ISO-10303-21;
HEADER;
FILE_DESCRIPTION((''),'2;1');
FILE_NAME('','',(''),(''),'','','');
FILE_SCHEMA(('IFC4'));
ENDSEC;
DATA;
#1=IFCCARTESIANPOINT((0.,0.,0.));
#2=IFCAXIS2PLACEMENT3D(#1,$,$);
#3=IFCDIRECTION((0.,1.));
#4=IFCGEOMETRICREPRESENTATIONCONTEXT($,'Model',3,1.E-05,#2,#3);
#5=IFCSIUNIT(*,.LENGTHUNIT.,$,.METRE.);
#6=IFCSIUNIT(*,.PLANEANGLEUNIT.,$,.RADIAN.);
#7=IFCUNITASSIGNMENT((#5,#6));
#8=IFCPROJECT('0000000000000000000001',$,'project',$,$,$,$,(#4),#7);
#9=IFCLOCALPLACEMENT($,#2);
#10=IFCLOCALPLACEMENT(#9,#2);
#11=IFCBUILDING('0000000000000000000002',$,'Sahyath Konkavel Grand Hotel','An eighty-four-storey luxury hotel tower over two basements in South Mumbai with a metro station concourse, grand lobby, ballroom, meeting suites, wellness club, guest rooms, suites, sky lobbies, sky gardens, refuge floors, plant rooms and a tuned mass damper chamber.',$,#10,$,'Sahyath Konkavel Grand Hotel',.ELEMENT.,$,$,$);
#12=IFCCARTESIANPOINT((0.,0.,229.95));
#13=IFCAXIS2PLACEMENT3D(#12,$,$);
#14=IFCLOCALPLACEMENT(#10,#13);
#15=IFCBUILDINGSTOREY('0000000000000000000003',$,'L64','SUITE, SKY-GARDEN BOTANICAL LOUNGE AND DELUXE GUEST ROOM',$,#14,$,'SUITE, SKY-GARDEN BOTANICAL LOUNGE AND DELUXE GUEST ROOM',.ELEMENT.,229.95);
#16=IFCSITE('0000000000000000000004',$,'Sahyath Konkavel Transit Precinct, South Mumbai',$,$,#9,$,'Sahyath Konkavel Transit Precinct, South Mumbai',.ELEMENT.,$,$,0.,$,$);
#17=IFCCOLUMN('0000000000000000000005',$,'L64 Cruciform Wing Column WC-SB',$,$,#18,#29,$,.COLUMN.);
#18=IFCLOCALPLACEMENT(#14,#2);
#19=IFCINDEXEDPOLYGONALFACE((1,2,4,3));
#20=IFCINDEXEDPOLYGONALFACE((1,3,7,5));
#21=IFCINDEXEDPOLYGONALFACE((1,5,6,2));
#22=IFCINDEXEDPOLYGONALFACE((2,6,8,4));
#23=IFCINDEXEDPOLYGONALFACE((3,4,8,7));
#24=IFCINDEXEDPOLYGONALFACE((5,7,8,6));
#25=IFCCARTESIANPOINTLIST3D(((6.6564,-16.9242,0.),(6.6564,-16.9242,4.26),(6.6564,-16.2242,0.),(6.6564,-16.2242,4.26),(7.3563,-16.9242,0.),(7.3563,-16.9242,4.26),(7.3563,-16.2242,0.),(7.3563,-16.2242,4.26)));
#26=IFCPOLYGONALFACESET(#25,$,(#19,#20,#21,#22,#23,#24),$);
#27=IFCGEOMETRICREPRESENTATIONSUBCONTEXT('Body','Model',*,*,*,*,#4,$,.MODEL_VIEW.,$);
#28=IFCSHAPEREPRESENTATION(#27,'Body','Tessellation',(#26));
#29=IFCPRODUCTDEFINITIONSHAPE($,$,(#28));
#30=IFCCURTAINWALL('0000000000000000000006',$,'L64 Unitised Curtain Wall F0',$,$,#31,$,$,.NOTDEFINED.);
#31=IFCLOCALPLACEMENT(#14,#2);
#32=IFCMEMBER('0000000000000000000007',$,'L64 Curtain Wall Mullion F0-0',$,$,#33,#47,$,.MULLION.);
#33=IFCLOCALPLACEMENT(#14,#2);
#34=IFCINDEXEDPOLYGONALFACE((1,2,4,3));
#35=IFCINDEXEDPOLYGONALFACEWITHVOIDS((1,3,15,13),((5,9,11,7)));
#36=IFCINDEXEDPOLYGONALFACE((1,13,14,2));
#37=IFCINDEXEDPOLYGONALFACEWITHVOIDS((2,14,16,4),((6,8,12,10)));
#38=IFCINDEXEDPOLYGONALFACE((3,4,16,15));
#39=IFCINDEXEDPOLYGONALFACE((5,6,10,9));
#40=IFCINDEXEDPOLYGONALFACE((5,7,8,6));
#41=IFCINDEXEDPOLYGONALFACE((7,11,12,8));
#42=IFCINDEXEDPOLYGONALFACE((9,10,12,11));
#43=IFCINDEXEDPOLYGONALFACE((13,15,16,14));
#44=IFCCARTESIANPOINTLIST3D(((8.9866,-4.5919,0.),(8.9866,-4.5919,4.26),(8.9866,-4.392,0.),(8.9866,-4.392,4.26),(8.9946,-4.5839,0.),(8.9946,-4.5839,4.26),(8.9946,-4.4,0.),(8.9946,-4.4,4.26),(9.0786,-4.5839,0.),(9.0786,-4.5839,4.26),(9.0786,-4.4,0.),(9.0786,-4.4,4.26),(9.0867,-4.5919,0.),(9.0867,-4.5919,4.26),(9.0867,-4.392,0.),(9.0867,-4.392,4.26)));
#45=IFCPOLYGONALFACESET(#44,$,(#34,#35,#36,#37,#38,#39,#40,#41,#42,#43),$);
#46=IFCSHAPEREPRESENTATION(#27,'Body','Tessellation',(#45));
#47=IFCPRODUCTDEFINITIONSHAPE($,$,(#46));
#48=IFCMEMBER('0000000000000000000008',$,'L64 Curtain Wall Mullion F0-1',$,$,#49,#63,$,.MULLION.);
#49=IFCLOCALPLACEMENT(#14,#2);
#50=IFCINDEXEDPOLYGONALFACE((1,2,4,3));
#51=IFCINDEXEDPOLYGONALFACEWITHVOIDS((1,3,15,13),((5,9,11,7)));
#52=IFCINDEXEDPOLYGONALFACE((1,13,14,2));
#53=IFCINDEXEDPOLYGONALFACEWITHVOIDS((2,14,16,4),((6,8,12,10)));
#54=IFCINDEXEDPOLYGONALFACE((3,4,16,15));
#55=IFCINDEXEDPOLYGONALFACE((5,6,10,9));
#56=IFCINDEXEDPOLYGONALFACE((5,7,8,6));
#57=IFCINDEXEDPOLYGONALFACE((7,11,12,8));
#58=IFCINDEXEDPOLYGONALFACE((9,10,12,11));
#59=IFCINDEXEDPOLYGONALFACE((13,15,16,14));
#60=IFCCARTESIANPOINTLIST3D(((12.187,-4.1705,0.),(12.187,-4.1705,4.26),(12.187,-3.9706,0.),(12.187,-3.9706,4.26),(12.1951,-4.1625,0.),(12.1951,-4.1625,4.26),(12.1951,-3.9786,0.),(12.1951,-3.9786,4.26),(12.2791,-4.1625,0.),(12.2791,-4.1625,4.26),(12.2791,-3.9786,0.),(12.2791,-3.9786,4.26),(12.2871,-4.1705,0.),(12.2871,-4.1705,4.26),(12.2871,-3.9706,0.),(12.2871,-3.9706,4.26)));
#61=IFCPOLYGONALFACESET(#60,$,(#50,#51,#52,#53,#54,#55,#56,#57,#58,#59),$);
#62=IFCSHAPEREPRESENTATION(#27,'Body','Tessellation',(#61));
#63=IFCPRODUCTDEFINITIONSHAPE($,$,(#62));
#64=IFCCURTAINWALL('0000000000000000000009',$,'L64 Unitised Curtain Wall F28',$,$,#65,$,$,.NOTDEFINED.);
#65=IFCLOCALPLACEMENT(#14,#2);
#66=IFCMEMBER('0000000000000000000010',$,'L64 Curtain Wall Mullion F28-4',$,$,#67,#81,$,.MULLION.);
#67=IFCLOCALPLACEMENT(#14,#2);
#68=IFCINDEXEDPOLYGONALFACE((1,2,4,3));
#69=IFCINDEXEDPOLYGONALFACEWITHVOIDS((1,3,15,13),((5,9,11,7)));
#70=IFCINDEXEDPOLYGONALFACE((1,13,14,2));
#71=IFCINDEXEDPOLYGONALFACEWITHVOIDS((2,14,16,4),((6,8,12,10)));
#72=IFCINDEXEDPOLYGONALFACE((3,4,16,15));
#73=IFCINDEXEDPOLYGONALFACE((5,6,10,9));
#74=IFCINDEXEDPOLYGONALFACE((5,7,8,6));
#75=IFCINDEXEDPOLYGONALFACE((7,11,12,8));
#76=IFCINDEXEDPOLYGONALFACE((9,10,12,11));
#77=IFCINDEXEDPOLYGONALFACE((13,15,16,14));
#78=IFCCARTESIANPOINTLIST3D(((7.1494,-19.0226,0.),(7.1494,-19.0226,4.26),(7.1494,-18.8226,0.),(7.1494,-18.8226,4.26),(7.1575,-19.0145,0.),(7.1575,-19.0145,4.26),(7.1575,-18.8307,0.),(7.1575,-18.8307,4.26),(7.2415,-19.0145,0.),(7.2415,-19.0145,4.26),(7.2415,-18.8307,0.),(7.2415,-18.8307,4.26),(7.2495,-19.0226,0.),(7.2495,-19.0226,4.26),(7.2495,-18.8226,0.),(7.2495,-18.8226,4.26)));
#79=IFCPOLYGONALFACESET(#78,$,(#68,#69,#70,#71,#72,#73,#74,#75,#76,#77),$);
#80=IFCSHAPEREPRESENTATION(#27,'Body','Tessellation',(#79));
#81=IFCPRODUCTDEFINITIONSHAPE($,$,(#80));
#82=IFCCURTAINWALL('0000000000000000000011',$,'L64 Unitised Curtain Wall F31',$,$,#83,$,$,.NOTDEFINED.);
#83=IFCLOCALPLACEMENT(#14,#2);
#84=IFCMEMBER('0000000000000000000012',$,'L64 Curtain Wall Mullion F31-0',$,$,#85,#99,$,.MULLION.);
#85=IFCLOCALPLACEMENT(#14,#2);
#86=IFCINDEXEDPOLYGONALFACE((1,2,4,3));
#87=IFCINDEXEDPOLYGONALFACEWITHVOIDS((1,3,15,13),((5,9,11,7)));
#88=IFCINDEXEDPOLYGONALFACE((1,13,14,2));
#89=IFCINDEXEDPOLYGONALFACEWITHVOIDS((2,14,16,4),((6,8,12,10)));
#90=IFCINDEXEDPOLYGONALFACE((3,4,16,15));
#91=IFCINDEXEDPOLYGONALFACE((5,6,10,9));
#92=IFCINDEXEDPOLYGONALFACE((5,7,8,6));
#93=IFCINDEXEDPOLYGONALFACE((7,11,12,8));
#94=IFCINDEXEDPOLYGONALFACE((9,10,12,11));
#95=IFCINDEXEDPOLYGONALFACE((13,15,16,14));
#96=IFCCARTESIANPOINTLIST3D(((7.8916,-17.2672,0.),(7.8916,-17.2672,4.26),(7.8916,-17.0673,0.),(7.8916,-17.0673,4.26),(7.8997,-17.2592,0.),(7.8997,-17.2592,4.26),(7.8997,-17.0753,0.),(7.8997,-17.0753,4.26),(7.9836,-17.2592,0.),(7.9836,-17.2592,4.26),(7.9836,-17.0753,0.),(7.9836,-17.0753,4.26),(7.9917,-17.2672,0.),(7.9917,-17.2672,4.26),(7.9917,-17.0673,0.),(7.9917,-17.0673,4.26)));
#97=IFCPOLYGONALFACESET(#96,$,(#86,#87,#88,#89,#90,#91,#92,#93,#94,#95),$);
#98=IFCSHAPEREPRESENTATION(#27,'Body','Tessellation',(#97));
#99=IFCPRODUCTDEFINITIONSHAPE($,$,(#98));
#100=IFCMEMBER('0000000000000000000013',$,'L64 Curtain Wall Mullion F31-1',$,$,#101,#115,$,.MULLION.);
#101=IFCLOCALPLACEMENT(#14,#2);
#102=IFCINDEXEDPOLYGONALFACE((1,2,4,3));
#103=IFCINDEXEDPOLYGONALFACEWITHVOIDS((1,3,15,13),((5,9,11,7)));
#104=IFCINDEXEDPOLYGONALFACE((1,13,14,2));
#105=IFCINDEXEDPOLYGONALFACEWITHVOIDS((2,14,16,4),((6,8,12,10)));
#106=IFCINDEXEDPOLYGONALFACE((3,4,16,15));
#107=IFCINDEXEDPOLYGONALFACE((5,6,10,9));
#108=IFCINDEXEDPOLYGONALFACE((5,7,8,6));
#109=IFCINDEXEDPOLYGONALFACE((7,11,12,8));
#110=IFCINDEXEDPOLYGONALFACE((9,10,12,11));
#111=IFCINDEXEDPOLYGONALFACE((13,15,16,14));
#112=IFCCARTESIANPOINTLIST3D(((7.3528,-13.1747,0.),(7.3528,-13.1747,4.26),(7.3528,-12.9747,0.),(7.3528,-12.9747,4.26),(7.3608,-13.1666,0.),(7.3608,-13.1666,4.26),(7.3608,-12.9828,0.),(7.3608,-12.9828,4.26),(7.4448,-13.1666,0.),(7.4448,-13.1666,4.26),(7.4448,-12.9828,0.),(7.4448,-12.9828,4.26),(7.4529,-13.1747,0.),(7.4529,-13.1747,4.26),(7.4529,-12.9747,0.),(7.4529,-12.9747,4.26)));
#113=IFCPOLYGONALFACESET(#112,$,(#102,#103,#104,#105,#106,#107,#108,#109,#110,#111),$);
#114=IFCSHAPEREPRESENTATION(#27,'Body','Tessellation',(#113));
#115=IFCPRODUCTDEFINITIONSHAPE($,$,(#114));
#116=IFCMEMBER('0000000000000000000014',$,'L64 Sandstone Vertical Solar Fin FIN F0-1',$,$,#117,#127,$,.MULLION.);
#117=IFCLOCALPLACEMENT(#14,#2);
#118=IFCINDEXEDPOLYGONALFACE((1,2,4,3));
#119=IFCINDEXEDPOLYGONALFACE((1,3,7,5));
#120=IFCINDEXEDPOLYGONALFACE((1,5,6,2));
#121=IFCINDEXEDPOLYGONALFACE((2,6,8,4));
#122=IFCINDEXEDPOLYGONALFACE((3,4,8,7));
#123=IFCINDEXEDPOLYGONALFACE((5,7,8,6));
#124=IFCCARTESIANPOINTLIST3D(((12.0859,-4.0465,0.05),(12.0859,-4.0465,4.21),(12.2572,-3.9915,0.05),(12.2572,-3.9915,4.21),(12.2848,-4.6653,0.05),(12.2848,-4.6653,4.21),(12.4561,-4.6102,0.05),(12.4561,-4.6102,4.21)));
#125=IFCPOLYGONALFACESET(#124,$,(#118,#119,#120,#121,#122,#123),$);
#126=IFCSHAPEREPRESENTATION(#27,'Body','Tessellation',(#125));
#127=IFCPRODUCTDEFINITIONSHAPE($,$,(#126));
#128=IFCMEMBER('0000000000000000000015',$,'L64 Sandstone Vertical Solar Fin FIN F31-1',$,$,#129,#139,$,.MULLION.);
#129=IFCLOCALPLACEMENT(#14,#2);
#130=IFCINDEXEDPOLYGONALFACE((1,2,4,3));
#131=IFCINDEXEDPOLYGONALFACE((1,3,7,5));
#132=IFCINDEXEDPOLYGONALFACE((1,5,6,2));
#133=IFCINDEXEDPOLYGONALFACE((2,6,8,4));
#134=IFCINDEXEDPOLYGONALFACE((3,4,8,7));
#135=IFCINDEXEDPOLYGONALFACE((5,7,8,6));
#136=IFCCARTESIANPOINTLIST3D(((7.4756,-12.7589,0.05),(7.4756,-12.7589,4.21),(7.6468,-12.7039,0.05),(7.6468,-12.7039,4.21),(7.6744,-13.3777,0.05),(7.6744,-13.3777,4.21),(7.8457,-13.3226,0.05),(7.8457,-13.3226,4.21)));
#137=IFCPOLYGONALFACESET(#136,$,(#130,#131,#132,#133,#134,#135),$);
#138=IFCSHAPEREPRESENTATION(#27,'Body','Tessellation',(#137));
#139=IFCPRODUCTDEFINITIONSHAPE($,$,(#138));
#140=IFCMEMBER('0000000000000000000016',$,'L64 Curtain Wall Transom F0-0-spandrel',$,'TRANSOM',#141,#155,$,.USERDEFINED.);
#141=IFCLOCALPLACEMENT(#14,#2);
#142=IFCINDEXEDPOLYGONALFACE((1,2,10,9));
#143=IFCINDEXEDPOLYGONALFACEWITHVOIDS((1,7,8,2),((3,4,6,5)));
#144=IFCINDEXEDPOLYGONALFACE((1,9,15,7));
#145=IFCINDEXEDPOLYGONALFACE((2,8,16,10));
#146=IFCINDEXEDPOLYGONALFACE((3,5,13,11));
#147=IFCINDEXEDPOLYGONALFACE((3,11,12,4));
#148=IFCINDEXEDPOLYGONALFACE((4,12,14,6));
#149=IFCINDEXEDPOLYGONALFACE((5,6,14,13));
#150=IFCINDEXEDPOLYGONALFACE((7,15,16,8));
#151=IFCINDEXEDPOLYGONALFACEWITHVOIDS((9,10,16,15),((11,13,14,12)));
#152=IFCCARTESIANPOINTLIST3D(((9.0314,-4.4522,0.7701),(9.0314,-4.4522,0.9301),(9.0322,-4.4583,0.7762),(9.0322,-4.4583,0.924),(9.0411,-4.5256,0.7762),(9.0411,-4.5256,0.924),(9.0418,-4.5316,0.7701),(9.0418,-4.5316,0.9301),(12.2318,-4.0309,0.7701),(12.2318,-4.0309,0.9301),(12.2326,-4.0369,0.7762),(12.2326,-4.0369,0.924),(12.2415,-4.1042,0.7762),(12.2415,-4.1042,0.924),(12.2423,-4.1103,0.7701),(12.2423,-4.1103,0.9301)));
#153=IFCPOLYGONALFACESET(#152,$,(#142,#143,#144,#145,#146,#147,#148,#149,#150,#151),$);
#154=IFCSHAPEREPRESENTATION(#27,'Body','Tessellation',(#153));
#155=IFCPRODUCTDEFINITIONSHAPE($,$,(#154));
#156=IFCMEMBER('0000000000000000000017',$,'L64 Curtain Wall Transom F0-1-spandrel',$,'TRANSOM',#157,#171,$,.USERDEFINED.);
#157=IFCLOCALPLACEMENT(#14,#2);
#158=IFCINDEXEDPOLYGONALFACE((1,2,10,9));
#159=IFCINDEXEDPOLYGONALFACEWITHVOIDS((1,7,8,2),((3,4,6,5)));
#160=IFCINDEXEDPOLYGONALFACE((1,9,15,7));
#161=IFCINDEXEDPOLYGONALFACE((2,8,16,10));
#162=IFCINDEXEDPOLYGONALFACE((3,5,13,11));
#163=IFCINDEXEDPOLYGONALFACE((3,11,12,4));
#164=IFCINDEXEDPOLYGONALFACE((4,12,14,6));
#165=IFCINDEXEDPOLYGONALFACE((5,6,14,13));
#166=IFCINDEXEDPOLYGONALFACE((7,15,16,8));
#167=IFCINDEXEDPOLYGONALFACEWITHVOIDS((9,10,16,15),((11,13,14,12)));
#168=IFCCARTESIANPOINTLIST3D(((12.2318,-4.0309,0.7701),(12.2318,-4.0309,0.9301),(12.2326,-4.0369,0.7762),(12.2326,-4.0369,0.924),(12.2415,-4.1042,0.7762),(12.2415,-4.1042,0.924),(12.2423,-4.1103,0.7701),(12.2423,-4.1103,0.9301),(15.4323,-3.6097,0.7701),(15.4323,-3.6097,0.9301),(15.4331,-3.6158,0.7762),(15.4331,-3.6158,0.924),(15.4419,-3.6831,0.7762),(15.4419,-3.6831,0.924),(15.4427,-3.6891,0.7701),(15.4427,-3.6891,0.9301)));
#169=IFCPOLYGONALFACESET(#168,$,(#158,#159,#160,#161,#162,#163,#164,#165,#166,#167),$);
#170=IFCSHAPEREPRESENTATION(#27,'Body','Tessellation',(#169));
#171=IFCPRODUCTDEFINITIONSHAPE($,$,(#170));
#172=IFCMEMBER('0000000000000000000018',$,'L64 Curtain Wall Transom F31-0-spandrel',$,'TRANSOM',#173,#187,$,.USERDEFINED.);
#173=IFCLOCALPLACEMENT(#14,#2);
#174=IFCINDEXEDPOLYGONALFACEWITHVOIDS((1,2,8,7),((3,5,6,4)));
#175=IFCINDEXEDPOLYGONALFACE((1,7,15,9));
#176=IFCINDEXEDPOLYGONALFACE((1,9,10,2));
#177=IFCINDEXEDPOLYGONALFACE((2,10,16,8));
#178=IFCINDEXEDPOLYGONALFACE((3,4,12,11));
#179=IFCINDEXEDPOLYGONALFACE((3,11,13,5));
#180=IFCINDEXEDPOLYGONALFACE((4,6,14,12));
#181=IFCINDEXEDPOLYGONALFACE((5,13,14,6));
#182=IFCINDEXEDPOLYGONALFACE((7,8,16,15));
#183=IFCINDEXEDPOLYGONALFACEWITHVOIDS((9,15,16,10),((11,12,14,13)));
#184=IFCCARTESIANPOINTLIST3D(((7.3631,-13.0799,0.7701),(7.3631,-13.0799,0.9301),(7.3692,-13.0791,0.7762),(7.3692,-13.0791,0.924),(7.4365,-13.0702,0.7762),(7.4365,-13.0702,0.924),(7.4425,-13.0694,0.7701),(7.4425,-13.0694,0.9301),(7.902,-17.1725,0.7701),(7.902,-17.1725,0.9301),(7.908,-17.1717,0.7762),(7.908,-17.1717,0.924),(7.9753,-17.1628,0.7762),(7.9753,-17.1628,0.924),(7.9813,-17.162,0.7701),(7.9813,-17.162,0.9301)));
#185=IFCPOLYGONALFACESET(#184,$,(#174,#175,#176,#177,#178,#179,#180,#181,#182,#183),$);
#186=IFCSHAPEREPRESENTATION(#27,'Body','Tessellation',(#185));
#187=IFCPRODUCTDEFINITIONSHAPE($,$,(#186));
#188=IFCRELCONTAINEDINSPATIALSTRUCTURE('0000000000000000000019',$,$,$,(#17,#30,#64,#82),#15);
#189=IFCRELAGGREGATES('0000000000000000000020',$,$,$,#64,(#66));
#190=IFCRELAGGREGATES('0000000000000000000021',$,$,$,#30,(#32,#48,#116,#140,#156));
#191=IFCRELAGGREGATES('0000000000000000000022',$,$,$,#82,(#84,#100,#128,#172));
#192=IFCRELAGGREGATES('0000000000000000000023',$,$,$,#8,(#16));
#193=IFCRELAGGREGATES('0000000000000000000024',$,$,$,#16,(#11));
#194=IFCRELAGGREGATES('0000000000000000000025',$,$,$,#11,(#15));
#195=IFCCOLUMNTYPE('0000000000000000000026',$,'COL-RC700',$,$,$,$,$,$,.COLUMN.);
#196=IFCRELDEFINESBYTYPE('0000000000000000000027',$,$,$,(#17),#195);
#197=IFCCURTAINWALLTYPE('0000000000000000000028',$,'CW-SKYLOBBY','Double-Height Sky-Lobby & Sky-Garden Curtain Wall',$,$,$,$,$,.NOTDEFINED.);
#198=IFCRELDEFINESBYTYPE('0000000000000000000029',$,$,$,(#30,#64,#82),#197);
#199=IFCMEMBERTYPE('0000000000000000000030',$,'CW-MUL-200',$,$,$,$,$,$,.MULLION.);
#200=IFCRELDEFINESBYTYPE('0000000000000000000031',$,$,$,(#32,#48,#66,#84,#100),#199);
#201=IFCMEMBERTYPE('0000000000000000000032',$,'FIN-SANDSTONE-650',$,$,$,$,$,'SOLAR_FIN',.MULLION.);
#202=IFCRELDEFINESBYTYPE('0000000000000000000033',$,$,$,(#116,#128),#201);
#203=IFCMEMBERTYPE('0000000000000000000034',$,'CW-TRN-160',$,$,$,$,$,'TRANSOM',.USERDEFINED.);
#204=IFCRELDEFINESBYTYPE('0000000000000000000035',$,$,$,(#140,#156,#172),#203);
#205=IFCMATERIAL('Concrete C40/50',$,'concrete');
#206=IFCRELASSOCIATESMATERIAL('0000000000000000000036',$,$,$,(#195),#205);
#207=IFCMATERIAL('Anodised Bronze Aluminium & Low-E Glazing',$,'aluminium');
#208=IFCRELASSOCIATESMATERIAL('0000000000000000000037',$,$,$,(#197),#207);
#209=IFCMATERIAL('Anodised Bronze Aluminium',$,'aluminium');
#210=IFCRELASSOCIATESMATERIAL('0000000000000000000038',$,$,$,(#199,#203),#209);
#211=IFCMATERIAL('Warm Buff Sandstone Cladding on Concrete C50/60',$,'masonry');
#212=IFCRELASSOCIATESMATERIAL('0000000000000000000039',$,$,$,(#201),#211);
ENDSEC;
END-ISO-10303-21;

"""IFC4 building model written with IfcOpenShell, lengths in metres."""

from ifc_helpers import new_model, si_unit, direction, frame, origin, origin_2d, place, context, subcontext, project, spatial, rectangle, hollow_rectangle, extrude, source, transform, mapped, material, material_profile, profile_set, type_object, element, aggregate, save


model = new_model("IFC4")

# Units and contexts
model_context = context("Model", 3, precision=1e-05, world=origin(), true_north=direction((0.0, 1.0)))
body_context = subcontext(model_context, "Body", "Model", "MODEL_VIEW")
ifc_project = project(units=[si_unit("LENGTHUNIT", "METRE"), si_unit("PLANEANGLEUNIT", "RADIAN")], contexts=[model_context])

# Site, building, storey
site_placement = place(None, origin())
site = spatial("IfcSite", under=ifc_project, at=site_placement, Name="Sahyath Konkavel Transit Precinct, South Mumbai", LongName="Sahyath Konkavel Transit Precinct, South Mumbai", CompositionType="ELEMENT", RefElevation=0.0)
building_placement = place(site_placement, origin())
building = spatial("IfcBuilding", under=site, at=building_placement, Name="Sahyath Konkavel Grand Hotel", Description="An eighty-four-storey luxury hotel tower over two basements in South Mumbai with a metro station concourse, grand lobby, ballroom, meeting suites, wellness club, guest rooms, suites, sky lobbies, sky gardens, refuge floors, plant rooms and a tuned mass damper chamber.", LongName="Sahyath Konkavel Grand Hotel", CompositionType="ELEMENT")
storey_placement = place(building_placement, frame((0.0, 0.0, 229.95)))
storey = spatial("IfcBuildingStorey", under=building, at=storey_placement, Name="L64", Description="SUITE, SKY-GARDEN BOTANICAL LOUNGE AND DELUXE GUEST ROOM", LongName="SUITE, SKY-GARDEN BOTANICAL LOUNGE AND DELUXE GUEST ROOM", CompositionType="ELEMENT", Elevation=229.95)

# Column
ifc_material_1 = material(Name="Concrete C40/50", Category="concrete")
ifc_material_profile_1 = material_profile(ifc_material_1, rectangle(XDim=0.7, YDim=0.7, at=origin_2d()), Name="RC 700x700")
ifc_profile_set_1 = profile_set([ifc_material_profile_1], Name="Concrete C40/50")
column_type = type_object("IfcColumnType", Name="COL-RC700", PredefinedType="COLUMN", material=ifc_profile_set_1)
shared_shape_1 = source(origin(), body_context, "Body", "SweptSolid", [
    extrude(rectangle(XDim=0.7, YDim=0.7, at=origin_2d()), origin(), (0.0, 0.0, 1.0), 4.26),
])
column_placement = place(storey_placement, frame((7.0063, -16.5742, 0.0), z_axis=(0.0, 0.0, 1.0), x_axis=(1.0, 0.0, 0.0)))
element("IfcColumn", 1, at=column_placement, inside=storey, type_object=column_type, Name="L64 Cruciform Wing Column WC-SB", PredefinedType="COLUMN", context=body_context, shape_type="MappedRepresentation", body=[
    mapped(shared_shape_1, transform((0.0, 0.0, 0.0), scale=1.0)),
])

# Curtain wall, members
ifc_material_2 = material(Name="Anodised Bronze Aluminium & Low-E Glazing", Category="aluminium")
curtain_wall_type = type_object("IfcCurtainWallType", Name="CW-SKYLOBBY", Description="Double-Height Sky-Lobby & Sky-Garden Curtain Wall", PredefinedType="NOTDEFINED", material=ifc_material_2)
curtain_wall_1_placement = place(storey_placement, origin())
curtain_wall_1 = element("IfcCurtainWall", 2, at=curtain_wall_1_placement, inside=storey, type_object=curtain_wall_type, Name="L64 Unitised Curtain Wall F0", PredefinedType="NOTDEFINED")
ifc_material_3 = material(Name="Anodised Bronze Aluminium", Category="aluminium")
ifc_material_profile_2 = material_profile(ifc_material_3, hollow_rectangle(XDim=0.1001, YDim=0.2, WallThickness=0.0081, at=origin_2d()), Name="RHS 200x100x8")
ifc_profile_set_2 = profile_set([ifc_material_profile_2], Name="Anodised Bronze Aluminium")
member_type_1 = type_object("IfcMemberType", Name="CW-MUL-200", PredefinedType="MULLION", material=ifc_profile_set_2)
shared_shape_2 = source(origin(), body_context, "Body", "SweptSolid", [
    extrude(hollow_rectangle(XDim=0.1001, YDim=0.2, WallThickness=0.0081, at=origin_2d()), origin(), (0.0, 0.0, 1.0), 4.26),
])
member_1_placement = place(storey_placement, frame((9.0366, -4.4919, 0.0), z_axis=(0.0, 0.0, 1.0), x_axis=(1.0, 0.0, 0.0)))
member_1 = element("IfcMember", 3, at=member_1_placement, type_object=member_type_1, Name="L64 Curtain Wall Mullion F0-0", PredefinedType="MULLION", context=body_context, shape_type="MappedRepresentation", body=[
    mapped(shared_shape_2, transform((0.0, 0.0, 0.0), scale=1.0)),
])
member_2_placement = place(storey_placement, frame((12.2371, -4.0706, 0.0), z_axis=(0.0, 0.0, 1.0), x_axis=(1.0, 0.0, 0.0)))
member_2 = element("IfcMember", 4, at=member_2_placement, type_object=member_type_1, Name="L64 Curtain Wall Mullion F0-1", PredefinedType="MULLION", context=body_context, shape_type="MappedRepresentation", body=[
    mapped(shared_shape_2, transform((0.0, 0.0, 0.0), scale=1.0)),
])

# Curtain wall, member
curtain_wall_2_placement = place(storey_placement, origin())
curtain_wall_2 = element("IfcCurtainWall", 5, at=curtain_wall_2_placement, inside=storey, type_object=curtain_wall_type, Name="L64 Unitised Curtain Wall F28", PredefinedType="NOTDEFINED")
member_3_placement = place(storey_placement, frame((7.1995, -18.9226, 0.0), z_axis=(0.0, 0.0, 1.0), x_axis=(1.0, 0.0, 0.0)))
member_3 = element("IfcMember", 6, at=member_3_placement, type_object=member_type_1, Name="L64 Curtain Wall Mullion F28-4", PredefinedType="MULLION", context=body_context, shape_type="MappedRepresentation", body=[
    mapped(shared_shape_2, transform((0.0, 0.0, 0.0), scale=1.0)),
])
aggregate(curtain_wall_2, [member_3])

# Curtain wall, members
curtain_wall_3_placement = place(storey_placement, origin())
curtain_wall_3 = element("IfcCurtainWall", 7, at=curtain_wall_3_placement, inside=storey, type_object=curtain_wall_type, Name="L64 Unitised Curtain Wall F31", PredefinedType="NOTDEFINED")
member_4_placement = place(storey_placement, frame((7.9417, -17.1672, 0.0), z_axis=(0.0, 0.0, 1.0), x_axis=(1.0, 0.0, 0.0)))
member_4 = element("IfcMember", 8, at=member_4_placement, type_object=member_type_1, Name="L64 Curtain Wall Mullion F31-0", PredefinedType="MULLION", context=body_context, shape_type="MappedRepresentation", body=[
    mapped(shared_shape_2, transform((0.0, 0.0, 0.0), scale=1.0)),
])
member_5_placement = place(storey_placement, frame((7.4028, -13.0747, 0.0), z_axis=(0.0, 0.0, 1.0), x_axis=(1.0, 0.0, 0.0)))
member_5 = element("IfcMember", 9, at=member_5_placement, type_object=member_type_1, Name="L64 Curtain Wall Mullion F31-1", PredefinedType="MULLION", context=body_context, shape_type="MappedRepresentation", body=[
    mapped(shared_shape_2, transform((0.0, 0.0, 0.0), scale=1.0)),
])

# Members
ifc_material_4 = material(Name="Warm Buff Sandstone Cladding on Concrete C50/60", Category="masonry")
ifc_material_profile_3 = material_profile(ifc_material_4, rectangle(XDim=0.1799, YDim=0.6499, at=origin_2d()), Name="FIN 180x650")
ifc_profile_set_3 = profile_set([ifc_material_profile_3], Name="Warm Buff Sandstone Cladding on Concrete C50/60")
member_type_2 = type_object("IfcMemberType", Name="FIN-SANDSTONE-650", ElementType="SOLAR_FIN", PredefinedType="MULLION", material=ifc_profile_set_3)
shared_shape_3 = source(origin(), body_context, "Body", "SweptSolid", [
    extrude(rectangle(XDim=0.1799, YDim=0.6499, at=origin_2d()), origin(), (0.0, 0.0, 1.0), 4.1599),
])
member_6_placement = place(storey_placement, frame((12.271, -4.3284, 0.05), z_axis=(0.0, 0.0, 1.0), x_axis=(0.952023, 0.306028, 0.0)))
member_6 = element("IfcMember", 10, at=member_6_placement, type_object=member_type_2, Name="L64 Sandstone Vertical Solar Fin FIN F0-1", PredefinedType="MULLION", context=body_context, shape_type="MappedRepresentation", body=[
    mapped(shared_shape_3, transform((0.0, 0.0, 0.0), scale=1.0)),
])
member_7_placement = place(storey_placement, frame((7.6606, -13.0408, 0.05), z_axis=(0.0, 0.0, 1.0), x_axis=(0.952023, 0.306028, 0.0)))
member_7 = element("IfcMember", 11, at=member_7_placement, type_object=member_type_2, Name="L64 Sandstone Vertical Solar Fin FIN F31-1", PredefinedType="MULLION", context=body_context, shape_type="MappedRepresentation", body=[
    mapped(shared_shape_3, transform((0.0, 0.0, 0.0), scale=1.0)),
])
ifc_material_profile_4 = material_profile(ifc_material_3, hollow_rectangle(XDim=0.0801, YDim=0.1599, WallThickness=0.0061, at=origin_2d()), Name="RHS 160x80x6")
ifc_profile_set_4 = profile_set([ifc_material_profile_4], Name="Anodised Bronze Aluminium")
member_type_3 = type_object("IfcMemberType", Name="CW-TRN-160", ElementType="TRANSOM", PredefinedType="USERDEFINED", material=ifc_profile_set_4)
shared_shape_4 = source(origin(), body_context, "Body", "SweptSolid", [
    extrude(hollow_rectangle(XDim=0.0801, YDim=0.1599, WallThickness=0.0061, at=origin_2d()), origin(), (0.0, 0.0, 1.0), 3.228),
])
member_8_placement = place(storey_placement, frame((9.0366, -4.4919, 0.8501), z_axis=(0.991443, 0.130539, 0.0), x_axis=(-0.130539, 0.991443, 0.0)))
member_8 = element("IfcMember", 12, at=member_8_placement, type_object=member_type_3, Name="L64 Curtain Wall Transom F0-0-spandrel", ObjectType="TRANSOM", PredefinedType="USERDEFINED", context=body_context, shape_type="MappedRepresentation", body=[
    mapped(shared_shape_4, transform((0.0, 0.0, 0.0), scale=1.0)),
])
member_9_placement = place(storey_placement, frame((12.2371, -4.0706, 0.8501), z_axis=(0.991453, 0.130464, 0.0), x_axis=(-0.130464, 0.991453, 0.0)))
member_9 = element("IfcMember", 13, at=member_9_placement, type_object=member_type_3, Name="L64 Curtain Wall Transom F0-1-spandrel", ObjectType="TRANSOM", PredefinedType="USERDEFINED", context=body_context, shape_type="MappedRepresentation", body=[
    mapped(shared_shape_4, transform((0.0, 0.0, 0.0), scale=1.0)),
])
shared_shape_5 = source(origin(), body_context, "Body", "SweptSolid", [
    extrude(hollow_rectangle(XDim=0.0801, YDim=0.1599, WallThickness=0.0061, at=origin_2d()), origin(), (0.0, 0.0, 1.0), 4.1279),
])
member_10_placement = place(storey_placement, frame((7.9417, -17.1672, 0.8501), z_axis=(-0.130533, 0.991444, 0.0), x_axis=(-0.991444, -0.130533, 0.0)))
member_10 = element("IfcMember", 14, at=member_10_placement, type_object=member_type_3, Name="L64 Curtain Wall Transom F31-0-spandrel", ObjectType="TRANSOM", PredefinedType="USERDEFINED", context=body_context, shape_type="MappedRepresentation", body=[
    mapped(shared_shape_5, transform((0.0, 0.0, 0.0), scale=1.0)),
])

aggregate(curtain_wall_1, [member_1, member_2, member_6, member_8, member_9])
aggregate(curtain_wall_3, [member_4, member_5, member_7, member_10])

save(model, "model.ifc")
